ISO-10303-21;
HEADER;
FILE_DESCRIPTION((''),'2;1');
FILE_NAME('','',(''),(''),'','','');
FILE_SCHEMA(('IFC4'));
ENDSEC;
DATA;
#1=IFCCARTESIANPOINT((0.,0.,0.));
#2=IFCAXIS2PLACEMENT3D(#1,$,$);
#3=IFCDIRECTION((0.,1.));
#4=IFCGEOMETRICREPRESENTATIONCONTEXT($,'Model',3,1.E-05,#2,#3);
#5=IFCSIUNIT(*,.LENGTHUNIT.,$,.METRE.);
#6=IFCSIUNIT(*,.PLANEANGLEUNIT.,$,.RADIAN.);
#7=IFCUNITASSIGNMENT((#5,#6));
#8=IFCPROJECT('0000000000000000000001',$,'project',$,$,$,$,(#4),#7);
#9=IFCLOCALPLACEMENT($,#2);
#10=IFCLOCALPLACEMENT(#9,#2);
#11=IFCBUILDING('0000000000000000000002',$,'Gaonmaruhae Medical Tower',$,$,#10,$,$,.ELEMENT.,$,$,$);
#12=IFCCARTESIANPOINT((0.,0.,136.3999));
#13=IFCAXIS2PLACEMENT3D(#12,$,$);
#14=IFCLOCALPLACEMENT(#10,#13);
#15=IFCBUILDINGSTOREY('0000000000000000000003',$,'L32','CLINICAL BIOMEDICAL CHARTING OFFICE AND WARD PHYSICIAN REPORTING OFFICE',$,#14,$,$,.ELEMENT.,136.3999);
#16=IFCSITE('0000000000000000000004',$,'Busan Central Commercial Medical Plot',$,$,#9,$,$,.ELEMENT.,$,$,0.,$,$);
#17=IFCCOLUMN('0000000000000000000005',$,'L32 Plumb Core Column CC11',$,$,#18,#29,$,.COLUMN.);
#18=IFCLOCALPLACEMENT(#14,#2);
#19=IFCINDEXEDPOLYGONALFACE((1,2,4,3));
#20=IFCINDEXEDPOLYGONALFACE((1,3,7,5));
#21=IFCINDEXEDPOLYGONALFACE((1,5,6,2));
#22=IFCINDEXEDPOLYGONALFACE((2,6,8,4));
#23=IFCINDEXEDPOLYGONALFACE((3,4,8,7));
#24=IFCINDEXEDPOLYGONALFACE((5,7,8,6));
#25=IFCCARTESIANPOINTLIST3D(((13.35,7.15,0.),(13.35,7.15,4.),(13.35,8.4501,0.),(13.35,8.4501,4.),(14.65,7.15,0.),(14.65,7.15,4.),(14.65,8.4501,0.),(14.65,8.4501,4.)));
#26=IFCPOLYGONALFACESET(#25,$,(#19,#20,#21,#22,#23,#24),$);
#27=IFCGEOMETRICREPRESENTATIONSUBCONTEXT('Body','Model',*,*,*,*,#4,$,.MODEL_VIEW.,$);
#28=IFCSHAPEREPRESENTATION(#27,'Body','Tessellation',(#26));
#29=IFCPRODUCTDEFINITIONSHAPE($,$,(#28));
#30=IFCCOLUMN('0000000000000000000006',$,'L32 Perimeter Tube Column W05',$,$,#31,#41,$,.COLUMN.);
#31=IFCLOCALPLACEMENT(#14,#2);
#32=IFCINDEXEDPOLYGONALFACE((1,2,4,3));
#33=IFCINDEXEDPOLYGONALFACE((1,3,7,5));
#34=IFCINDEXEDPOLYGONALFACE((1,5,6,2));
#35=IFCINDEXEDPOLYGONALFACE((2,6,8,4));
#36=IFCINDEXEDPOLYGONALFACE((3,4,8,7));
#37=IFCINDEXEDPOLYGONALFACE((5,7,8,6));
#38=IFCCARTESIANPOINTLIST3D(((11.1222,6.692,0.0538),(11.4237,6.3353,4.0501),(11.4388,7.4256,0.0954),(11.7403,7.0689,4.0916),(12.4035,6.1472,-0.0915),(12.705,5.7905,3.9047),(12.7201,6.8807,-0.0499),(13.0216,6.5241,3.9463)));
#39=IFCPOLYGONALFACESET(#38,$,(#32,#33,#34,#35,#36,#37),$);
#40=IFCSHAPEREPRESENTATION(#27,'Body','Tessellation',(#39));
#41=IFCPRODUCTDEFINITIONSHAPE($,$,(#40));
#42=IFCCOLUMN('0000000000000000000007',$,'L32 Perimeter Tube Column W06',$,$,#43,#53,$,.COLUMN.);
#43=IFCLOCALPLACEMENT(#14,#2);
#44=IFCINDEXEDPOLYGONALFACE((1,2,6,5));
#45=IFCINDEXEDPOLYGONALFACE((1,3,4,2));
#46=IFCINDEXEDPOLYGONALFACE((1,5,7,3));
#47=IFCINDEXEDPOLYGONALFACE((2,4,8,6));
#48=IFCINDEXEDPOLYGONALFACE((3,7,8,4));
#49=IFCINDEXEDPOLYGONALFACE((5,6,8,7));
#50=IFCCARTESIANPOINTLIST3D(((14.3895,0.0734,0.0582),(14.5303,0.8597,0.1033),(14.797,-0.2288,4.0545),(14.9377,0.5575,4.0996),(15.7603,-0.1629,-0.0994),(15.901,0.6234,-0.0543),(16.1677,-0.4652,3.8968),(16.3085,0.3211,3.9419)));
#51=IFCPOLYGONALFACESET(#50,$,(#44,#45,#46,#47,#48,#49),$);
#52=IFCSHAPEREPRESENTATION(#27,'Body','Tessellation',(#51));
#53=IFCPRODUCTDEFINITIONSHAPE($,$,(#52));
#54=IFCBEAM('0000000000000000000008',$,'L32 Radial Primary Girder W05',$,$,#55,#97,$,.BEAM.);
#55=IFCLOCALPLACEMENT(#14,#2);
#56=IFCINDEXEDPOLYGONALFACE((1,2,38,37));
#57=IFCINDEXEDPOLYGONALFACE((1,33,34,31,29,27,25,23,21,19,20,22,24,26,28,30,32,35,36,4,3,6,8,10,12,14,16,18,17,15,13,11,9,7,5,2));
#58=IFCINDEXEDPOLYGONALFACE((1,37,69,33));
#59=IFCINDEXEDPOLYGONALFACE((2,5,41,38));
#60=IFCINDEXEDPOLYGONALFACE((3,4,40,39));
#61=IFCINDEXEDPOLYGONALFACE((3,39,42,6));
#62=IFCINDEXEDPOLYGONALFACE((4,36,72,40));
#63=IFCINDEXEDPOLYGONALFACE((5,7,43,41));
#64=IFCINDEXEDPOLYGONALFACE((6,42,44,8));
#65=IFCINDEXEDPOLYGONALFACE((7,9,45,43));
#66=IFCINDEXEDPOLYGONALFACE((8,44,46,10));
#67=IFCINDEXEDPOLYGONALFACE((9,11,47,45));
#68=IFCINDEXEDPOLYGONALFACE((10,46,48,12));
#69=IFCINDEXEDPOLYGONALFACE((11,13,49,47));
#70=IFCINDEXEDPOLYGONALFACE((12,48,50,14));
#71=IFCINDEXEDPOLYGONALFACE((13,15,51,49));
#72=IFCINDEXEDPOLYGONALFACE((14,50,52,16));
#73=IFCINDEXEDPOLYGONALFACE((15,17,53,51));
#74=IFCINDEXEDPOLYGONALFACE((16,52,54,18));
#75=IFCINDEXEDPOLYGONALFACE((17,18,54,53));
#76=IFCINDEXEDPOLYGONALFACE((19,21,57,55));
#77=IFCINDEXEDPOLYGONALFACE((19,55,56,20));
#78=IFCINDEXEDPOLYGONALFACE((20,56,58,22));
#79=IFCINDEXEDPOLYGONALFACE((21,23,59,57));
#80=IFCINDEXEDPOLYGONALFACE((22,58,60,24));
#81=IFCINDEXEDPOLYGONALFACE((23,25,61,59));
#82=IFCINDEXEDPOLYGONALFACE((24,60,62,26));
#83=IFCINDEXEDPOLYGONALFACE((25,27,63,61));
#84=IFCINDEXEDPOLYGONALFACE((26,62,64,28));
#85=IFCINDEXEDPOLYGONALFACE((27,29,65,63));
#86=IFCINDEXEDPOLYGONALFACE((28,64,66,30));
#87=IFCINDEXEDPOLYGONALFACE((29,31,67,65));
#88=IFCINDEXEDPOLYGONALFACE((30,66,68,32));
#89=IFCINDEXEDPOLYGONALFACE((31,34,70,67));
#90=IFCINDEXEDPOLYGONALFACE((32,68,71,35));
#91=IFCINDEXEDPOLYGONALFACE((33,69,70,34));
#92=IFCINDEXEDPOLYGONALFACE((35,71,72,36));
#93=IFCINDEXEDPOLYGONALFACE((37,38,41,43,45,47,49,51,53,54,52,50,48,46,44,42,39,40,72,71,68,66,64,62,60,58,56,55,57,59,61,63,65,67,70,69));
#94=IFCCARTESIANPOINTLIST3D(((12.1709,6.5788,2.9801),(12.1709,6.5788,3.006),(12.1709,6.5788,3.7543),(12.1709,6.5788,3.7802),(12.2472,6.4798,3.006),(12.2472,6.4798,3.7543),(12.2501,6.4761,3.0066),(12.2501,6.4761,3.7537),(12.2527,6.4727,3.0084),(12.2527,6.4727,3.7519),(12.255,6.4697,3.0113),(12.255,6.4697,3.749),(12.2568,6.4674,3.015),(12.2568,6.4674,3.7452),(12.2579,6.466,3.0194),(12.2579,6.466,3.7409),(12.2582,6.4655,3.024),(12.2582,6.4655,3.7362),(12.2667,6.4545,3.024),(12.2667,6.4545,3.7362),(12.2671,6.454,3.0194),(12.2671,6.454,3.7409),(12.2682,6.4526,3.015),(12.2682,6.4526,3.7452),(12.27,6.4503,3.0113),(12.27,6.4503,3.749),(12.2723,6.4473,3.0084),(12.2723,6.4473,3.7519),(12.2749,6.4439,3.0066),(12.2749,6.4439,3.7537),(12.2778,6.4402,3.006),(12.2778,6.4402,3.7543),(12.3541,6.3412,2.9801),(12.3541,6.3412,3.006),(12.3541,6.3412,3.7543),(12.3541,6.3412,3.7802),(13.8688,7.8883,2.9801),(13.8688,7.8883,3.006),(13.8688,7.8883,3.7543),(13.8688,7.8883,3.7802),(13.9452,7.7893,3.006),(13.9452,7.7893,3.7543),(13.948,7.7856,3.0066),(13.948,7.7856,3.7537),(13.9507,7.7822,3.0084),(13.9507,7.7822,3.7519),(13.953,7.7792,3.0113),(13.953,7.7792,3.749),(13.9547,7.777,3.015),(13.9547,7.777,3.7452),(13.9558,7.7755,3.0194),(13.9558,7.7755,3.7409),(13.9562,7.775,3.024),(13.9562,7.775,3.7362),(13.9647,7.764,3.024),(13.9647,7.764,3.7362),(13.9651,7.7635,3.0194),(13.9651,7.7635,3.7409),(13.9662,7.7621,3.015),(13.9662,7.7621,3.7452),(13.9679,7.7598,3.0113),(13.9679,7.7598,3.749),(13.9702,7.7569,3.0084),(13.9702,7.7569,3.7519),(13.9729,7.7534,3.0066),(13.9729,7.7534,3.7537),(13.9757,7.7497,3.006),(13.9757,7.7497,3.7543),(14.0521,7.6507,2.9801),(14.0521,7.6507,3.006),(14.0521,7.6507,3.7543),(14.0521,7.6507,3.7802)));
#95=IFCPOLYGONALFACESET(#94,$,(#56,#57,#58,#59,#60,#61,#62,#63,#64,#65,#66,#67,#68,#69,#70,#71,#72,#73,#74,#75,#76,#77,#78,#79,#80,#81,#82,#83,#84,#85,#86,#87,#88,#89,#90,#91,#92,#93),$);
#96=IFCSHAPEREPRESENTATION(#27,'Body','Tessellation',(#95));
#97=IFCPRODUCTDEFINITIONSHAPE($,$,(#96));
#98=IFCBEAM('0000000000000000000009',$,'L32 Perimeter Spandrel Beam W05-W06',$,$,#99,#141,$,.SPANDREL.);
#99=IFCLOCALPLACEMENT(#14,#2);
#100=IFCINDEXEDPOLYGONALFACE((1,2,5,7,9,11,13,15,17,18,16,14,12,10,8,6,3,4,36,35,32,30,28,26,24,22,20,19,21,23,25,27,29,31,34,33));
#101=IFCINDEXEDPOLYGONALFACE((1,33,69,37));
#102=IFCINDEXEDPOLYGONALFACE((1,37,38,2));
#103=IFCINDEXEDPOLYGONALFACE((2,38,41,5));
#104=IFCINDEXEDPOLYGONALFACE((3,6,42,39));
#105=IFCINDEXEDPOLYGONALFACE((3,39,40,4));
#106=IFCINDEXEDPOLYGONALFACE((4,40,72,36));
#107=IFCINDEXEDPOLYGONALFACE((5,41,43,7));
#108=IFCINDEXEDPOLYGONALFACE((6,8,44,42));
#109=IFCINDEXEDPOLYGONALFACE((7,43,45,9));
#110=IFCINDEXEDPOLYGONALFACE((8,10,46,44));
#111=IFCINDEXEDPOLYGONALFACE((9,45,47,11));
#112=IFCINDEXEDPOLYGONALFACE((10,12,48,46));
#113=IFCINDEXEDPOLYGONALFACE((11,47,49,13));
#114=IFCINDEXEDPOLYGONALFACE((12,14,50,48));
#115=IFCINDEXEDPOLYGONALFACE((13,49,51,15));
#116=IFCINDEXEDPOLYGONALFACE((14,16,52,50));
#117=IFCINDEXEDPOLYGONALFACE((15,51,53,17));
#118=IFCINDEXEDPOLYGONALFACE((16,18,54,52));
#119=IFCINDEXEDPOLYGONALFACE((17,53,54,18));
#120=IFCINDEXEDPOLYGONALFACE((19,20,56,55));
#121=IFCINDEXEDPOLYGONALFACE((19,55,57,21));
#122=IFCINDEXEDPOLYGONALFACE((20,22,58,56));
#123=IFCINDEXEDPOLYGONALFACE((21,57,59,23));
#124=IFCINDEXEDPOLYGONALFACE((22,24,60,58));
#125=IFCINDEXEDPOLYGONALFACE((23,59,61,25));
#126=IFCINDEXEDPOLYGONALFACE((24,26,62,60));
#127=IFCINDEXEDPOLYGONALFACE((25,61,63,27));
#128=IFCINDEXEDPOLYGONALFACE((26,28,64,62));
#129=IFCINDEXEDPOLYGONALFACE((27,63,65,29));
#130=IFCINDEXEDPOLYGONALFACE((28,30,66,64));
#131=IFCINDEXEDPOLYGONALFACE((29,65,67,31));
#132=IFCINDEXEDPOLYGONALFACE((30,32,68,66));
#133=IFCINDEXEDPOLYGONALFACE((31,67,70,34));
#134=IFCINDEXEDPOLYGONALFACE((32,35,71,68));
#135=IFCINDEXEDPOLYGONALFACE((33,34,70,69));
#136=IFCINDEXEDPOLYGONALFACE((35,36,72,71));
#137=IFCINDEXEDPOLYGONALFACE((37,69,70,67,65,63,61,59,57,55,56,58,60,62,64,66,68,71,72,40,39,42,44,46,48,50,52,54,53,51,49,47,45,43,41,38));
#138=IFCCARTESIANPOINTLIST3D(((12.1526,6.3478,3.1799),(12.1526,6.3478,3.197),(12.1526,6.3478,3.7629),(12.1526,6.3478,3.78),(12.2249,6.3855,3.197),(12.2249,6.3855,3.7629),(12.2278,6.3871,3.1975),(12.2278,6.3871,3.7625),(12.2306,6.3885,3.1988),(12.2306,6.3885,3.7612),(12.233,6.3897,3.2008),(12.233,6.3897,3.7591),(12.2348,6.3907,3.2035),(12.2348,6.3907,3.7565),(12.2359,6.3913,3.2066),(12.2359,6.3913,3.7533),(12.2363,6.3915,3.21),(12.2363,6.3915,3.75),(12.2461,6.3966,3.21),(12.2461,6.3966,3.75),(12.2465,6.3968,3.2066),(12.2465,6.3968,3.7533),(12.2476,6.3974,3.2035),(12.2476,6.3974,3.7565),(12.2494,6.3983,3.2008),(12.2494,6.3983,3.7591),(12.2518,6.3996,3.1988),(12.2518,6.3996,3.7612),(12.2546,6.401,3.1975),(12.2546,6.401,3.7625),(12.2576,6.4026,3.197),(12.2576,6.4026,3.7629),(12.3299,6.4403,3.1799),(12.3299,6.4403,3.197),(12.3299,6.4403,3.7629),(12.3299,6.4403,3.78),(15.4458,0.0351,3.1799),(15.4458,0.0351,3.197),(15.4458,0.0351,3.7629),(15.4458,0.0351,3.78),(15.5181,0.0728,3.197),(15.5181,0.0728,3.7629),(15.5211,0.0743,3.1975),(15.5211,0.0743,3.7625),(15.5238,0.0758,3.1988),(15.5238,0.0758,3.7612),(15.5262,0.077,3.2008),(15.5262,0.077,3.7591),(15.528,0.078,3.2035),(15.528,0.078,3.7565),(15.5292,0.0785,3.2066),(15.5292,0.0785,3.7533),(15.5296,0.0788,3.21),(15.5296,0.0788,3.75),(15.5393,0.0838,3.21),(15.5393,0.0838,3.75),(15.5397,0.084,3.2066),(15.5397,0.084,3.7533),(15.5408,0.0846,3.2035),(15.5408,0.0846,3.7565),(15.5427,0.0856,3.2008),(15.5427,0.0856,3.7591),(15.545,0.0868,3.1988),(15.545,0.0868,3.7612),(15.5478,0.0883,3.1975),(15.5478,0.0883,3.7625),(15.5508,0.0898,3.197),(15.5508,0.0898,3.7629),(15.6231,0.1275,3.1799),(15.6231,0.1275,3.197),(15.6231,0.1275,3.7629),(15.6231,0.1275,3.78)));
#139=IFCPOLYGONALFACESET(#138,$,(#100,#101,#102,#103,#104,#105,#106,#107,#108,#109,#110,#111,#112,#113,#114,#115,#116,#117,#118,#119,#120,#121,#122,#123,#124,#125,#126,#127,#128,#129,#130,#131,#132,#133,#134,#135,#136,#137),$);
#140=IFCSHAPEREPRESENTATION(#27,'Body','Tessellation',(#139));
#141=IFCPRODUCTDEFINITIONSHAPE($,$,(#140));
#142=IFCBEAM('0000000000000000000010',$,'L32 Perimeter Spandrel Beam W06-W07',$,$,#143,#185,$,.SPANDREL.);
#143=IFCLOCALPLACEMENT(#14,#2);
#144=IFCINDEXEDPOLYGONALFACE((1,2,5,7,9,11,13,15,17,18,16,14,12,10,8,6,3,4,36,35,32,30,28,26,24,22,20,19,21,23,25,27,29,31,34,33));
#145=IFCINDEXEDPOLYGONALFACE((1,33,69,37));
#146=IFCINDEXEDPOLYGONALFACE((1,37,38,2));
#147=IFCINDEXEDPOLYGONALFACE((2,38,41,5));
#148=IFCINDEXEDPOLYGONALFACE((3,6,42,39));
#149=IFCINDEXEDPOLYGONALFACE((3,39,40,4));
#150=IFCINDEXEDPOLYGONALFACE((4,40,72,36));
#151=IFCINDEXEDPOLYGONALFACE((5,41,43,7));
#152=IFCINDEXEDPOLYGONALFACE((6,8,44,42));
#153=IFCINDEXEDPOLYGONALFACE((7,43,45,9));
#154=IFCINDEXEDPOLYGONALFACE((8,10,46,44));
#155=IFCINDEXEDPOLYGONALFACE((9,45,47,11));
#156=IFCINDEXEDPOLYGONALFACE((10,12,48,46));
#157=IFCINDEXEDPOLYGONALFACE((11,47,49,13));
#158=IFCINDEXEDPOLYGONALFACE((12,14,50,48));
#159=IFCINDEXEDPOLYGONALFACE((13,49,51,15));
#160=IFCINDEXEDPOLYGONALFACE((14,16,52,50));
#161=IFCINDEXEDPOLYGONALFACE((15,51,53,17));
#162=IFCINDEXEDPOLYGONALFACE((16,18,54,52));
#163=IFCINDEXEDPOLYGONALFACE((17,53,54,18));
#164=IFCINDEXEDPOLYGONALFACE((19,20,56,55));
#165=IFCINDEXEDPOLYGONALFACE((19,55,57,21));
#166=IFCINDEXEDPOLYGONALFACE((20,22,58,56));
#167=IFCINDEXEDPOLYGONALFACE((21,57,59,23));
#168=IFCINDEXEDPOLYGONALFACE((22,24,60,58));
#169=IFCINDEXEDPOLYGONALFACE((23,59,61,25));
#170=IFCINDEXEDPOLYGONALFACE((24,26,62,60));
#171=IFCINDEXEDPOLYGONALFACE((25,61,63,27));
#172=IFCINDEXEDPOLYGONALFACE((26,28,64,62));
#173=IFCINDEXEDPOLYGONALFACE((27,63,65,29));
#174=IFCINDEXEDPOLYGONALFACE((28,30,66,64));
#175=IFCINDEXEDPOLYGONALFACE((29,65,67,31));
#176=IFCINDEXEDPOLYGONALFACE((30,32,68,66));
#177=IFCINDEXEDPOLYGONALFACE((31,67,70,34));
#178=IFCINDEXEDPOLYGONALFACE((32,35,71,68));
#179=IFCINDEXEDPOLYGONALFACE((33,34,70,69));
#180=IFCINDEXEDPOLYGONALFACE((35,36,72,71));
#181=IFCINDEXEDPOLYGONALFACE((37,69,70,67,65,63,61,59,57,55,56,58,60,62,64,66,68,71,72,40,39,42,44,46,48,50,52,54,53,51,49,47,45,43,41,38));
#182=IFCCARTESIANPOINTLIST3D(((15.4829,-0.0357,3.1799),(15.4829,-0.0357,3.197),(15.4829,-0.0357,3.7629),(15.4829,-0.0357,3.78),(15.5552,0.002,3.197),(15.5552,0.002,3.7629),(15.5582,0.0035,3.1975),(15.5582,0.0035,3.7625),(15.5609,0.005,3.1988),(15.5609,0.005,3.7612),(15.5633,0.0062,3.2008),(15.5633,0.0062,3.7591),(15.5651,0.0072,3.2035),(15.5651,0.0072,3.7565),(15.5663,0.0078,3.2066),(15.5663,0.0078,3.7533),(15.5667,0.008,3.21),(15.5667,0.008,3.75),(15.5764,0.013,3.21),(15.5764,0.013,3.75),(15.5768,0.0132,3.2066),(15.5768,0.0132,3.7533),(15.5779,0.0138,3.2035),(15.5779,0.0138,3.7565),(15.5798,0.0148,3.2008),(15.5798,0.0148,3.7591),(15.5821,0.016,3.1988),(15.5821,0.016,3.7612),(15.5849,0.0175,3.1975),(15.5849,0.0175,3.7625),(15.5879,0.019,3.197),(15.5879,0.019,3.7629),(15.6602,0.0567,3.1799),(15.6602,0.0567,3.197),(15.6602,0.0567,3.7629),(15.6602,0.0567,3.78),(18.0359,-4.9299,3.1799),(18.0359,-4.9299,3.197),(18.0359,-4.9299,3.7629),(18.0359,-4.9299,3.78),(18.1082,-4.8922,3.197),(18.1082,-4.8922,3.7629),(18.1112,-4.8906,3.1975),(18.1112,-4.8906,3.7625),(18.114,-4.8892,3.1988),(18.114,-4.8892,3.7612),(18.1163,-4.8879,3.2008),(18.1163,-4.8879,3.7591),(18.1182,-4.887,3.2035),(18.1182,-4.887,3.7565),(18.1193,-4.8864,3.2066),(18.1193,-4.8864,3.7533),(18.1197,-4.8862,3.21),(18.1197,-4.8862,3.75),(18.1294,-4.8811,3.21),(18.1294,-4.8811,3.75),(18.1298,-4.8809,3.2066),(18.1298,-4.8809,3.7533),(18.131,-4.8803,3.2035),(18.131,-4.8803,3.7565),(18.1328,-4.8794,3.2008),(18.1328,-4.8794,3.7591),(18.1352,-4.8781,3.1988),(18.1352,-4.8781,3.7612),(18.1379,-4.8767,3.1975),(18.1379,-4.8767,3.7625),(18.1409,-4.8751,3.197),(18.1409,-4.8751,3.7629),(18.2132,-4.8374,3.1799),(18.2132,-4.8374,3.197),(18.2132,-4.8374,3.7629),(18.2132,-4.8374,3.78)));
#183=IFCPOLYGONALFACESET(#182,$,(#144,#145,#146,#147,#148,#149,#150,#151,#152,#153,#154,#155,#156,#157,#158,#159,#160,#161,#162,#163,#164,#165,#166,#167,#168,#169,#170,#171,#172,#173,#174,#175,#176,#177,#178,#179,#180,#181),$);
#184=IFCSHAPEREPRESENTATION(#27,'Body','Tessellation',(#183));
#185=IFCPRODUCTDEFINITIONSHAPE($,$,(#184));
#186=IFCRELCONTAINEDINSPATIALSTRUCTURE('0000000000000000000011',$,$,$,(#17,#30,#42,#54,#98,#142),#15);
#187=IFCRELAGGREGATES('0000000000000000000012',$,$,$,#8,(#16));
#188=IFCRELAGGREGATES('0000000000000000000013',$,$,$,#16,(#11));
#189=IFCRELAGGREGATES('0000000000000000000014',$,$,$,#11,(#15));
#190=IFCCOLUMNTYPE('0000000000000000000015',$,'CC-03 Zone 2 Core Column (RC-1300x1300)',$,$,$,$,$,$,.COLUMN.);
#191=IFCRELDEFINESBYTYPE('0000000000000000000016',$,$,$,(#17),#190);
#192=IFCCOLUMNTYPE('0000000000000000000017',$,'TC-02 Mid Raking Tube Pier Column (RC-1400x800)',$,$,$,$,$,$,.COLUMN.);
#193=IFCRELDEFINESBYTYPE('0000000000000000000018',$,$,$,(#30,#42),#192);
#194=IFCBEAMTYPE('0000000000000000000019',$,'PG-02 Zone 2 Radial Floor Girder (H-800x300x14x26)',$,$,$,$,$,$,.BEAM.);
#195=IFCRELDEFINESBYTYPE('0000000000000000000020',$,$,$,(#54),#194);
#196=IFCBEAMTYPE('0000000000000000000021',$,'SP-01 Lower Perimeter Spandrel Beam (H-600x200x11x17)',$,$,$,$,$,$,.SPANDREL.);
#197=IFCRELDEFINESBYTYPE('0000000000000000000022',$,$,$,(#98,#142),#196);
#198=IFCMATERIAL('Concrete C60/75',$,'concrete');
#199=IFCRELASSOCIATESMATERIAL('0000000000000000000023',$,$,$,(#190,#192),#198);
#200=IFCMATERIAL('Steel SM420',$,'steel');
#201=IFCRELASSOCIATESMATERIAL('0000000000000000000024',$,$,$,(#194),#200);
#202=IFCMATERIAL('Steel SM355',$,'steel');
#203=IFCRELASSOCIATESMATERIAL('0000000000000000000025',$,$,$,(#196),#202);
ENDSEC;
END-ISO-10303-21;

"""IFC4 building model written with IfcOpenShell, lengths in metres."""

from ifc_helpers import new_model, si_unit, direction, frame, origin, origin_2d, place, context, subcontext, project, spatial, rectangle, i_section, extrude, material, material_profile, profile_set, type_object, element, save


model = new_model("IFC4")

# Units and contexts
model_context = context("Model", 3, precision=1e-05, world=origin(), true_north=direction((0.0, 1.0)))
body_context = subcontext(model_context, "Body", "Model", "MODEL_VIEW")
ifc_project = project(units=[si_unit("LENGTHUNIT", "METRE"), si_unit("PLANEANGLEUNIT", "RADIAN")], contexts=[model_context])

# Site, building, storey
site_placement = place(None, origin())
site = spatial("IfcSite", under=ifc_project, at=site_placement, Name="Busan Central Commercial Medical Plot", CompositionType="ELEMENT", RefElevation=0.0)
building_placement = place(site_placement, origin())
building = spatial("IfcBuilding", under=site, at=building_placement, Name="Gaonmaruhae Medical Tower", CompositionType="ELEMENT")
storey_placement = place(building_placement, frame((0.0, 0.0, 136.3999)))
storey = spatial("IfcBuildingStorey", under=building, at=storey_placement, Name="L32", Description="CLINICAL BIOMEDICAL CHARTING OFFICE AND WARD PHYSICIAN REPORTING OFFICE", CompositionType="ELEMENT", Elevation=136.3999)

# Columns
ifc_material_1 = material(Name="Concrete C60/75", Category="concrete")
ifc_material_profile_1 = material_profile(ifc_material_1, rectangle(XDim=1.3, YDim=1.3, at=origin_2d()), Name="RC-1300x1300")
ifc_profile_set_1 = profile_set([ifc_material_profile_1], Name="Concrete C60/75")
column_type_1 = type_object("IfcColumnType", Name="CC-03 Zone 2 Core Column (RC-1300x1300)", PredefinedType="COLUMN", material=ifc_profile_set_1)
column_1_placement = place(storey_placement, frame((14.0, 7.8, 0.0), z_axis=(0.0, 0.0, 1.0), x_axis=(1.0, 0.0, 0.0)))
element("IfcColumn", 1, at=column_1_placement, inside=storey, type_object=column_type_1, Name="L32 Plumb Core Column CC11", PredefinedType="COLUMN", context=body_context, shape_type="SweptSolid", body=[
    extrude(rectangle(XDim=1.3, YDim=1.3, at=origin_2d()), origin(), (0.0, 0.0, 1.0), 4.0),
])
ifc_material_profile_2 = material_profile(ifc_material_1, rectangle(XDim=1.3999, YDim=0.8, at=origin_2d()), Name="RC-1400x800")
ifc_profile_set_2 = profile_set([ifc_material_profile_2], Name="Concrete C60/75")
column_type_2 = type_object("IfcColumnType", Name="TC-02 Mid Raking Tube Pier Column (RC-1400x800)", PredefinedType="COLUMN", material=ifc_profile_set_2)
column_2_placement = place(storey_placement, frame((11.9211, 6.7864, 0.002), z_axis=(0.074937, -0.088651, 0.99324), x_axis=(-0.91529, 0.389194, 0.103793)))
element("IfcColumn", 2, at=column_2_placement, inside=storey, type_object=column_type_2, Name="L32 Perimeter Tube Column W05", PredefinedType="COLUMN", context=body_context, shape_type="SweptSolid", body=[
    extrude(rectangle(XDim=1.3999, YDim=0.8, at=origin_2d()), origin(), (0.0, 0.0, 1.0), 4.0234),
])
column_3_placement = place(storey_placement, frame((15.1453, 0.3484, 0.002), z_axis=(0.101149, -0.075029, 0.992038), x_axis=(-0.979191, 0.168833, 0.112608)))
element("IfcColumn", 3, at=column_3_placement, inside=storey, type_object=column_type_2, Name="L32 Perimeter Tube Column W06", PredefinedType="COLUMN", context=body_context, shape_type="SweptSolid", body=[
    extrude(rectangle(XDim=1.3999, YDim=0.8, at=origin_2d()), origin(), (0.0, 0.0, 1.0), 4.0283),
])

# Beams
ifc_material_2 = material(Name="Steel SM420", Category="steel")
ifc_material_profile_3 = material_profile(ifc_material_2, i_section(OverallWidth=0.3, OverallDepth=0.8, WebThickness=0.0139, FlangeThickness=0.0259, FilletRadius=0.0181, at=origin_2d()), Name="H-800x300x14x26")
ifc_profile_set_3 = profile_set([ifc_material_profile_3], Name="Steel SM420")
beam_type_1 = type_object("IfcBeamType", Name="PG-02 Zone 2 Radial Floor Girder (H-800x300x14x26)", PredefinedType="BEAM", material=ifc_profile_set_3)
beam_1_placement = place(storey_placement, frame((13.9604, 7.7695, 3.3801), z_axis=(-0.791853, -0.610712, 0.0), x_axis=(0.610712, -0.791853, 0.0)))
element("IfcBeam", 4, at=beam_1_placement, inside=storey, type_object=beam_type_1, Name="L32 Radial Primary Girder W05", PredefinedType="BEAM", context=body_context, shape_type="SweptSolid", body=[
    extrude(i_section(OverallWidth=0.3, OverallDepth=0.8, WebThickness=0.0139, FlangeThickness=0.0259, FilletRadius=0.0181, at=origin_2d()), origin(), (0.0, 0.0, 1.0), 2.1443),
])
ifc_material_3 = material(Name="Steel SM355", Category="steel")
ifc_material_profile_4 = material_profile(ifc_material_3, i_section(OverallWidth=0.2, OverallDepth=0.6001, WebThickness=0.011, FlangeThickness=0.0171, FilletRadius=0.0129, at=origin_2d()), Name="H-600x200x11x17")
ifc_profile_set_4 = profile_set([ifc_material_profile_4], Name="Steel SM355")
beam_type_2 = type_object("IfcBeamType", Name="SP-01 Lower Perimeter Spandrel Beam (H-600x200x11x17)", PredefinedType="SPANDREL", material=ifc_profile_set_4)
beam_2_placement = place(storey_placement, frame((12.2412, 6.394, 3.48), z_axis=(0.462523, -0.886607, 0.0), x_axis=(0.886607, 0.462523, 0.0)))
element("IfcBeam", 5, at=beam_2_placement, inside=storey, type_object=beam_type_2, Name="L32 Perimeter Spandrel Beam W05-W06", PredefinedType="SPANDREL", context=body_context, shape_type="SweptSolid", body=[
    extrude(i_section(OverallWidth=0.2, OverallDepth=0.6001, WebThickness=0.011, FlangeThickness=0.0171, FilletRadius=0.0129, at=origin_2d()), origin(), (0.0, 0.0, 1.0), 7.1201),
])
beam_3_placement = place(storey_placement, frame((15.5715, 0.0105, 3.48), z_axis=(0.462504, -0.886617, 0.0), x_axis=(0.886617, 0.462504, 0.0)))
element("IfcBeam", 6, at=beam_3_placement, inside=storey, type_object=beam_type_2, Name="L32 Perimeter Spandrel Beam W06-W07", PredefinedType="SPANDREL", context=body_context, shape_type="SweptSolid", body=[
    extrude(i_section(OverallWidth=0.2, OverallDepth=0.6001, WebThickness=0.011, FlangeThickness=0.0171, FilletRadius=0.0129, at=origin_2d()), origin(), (0.0, 0.0, 1.0), 5.52),
])

save(model, "model.ifc")
